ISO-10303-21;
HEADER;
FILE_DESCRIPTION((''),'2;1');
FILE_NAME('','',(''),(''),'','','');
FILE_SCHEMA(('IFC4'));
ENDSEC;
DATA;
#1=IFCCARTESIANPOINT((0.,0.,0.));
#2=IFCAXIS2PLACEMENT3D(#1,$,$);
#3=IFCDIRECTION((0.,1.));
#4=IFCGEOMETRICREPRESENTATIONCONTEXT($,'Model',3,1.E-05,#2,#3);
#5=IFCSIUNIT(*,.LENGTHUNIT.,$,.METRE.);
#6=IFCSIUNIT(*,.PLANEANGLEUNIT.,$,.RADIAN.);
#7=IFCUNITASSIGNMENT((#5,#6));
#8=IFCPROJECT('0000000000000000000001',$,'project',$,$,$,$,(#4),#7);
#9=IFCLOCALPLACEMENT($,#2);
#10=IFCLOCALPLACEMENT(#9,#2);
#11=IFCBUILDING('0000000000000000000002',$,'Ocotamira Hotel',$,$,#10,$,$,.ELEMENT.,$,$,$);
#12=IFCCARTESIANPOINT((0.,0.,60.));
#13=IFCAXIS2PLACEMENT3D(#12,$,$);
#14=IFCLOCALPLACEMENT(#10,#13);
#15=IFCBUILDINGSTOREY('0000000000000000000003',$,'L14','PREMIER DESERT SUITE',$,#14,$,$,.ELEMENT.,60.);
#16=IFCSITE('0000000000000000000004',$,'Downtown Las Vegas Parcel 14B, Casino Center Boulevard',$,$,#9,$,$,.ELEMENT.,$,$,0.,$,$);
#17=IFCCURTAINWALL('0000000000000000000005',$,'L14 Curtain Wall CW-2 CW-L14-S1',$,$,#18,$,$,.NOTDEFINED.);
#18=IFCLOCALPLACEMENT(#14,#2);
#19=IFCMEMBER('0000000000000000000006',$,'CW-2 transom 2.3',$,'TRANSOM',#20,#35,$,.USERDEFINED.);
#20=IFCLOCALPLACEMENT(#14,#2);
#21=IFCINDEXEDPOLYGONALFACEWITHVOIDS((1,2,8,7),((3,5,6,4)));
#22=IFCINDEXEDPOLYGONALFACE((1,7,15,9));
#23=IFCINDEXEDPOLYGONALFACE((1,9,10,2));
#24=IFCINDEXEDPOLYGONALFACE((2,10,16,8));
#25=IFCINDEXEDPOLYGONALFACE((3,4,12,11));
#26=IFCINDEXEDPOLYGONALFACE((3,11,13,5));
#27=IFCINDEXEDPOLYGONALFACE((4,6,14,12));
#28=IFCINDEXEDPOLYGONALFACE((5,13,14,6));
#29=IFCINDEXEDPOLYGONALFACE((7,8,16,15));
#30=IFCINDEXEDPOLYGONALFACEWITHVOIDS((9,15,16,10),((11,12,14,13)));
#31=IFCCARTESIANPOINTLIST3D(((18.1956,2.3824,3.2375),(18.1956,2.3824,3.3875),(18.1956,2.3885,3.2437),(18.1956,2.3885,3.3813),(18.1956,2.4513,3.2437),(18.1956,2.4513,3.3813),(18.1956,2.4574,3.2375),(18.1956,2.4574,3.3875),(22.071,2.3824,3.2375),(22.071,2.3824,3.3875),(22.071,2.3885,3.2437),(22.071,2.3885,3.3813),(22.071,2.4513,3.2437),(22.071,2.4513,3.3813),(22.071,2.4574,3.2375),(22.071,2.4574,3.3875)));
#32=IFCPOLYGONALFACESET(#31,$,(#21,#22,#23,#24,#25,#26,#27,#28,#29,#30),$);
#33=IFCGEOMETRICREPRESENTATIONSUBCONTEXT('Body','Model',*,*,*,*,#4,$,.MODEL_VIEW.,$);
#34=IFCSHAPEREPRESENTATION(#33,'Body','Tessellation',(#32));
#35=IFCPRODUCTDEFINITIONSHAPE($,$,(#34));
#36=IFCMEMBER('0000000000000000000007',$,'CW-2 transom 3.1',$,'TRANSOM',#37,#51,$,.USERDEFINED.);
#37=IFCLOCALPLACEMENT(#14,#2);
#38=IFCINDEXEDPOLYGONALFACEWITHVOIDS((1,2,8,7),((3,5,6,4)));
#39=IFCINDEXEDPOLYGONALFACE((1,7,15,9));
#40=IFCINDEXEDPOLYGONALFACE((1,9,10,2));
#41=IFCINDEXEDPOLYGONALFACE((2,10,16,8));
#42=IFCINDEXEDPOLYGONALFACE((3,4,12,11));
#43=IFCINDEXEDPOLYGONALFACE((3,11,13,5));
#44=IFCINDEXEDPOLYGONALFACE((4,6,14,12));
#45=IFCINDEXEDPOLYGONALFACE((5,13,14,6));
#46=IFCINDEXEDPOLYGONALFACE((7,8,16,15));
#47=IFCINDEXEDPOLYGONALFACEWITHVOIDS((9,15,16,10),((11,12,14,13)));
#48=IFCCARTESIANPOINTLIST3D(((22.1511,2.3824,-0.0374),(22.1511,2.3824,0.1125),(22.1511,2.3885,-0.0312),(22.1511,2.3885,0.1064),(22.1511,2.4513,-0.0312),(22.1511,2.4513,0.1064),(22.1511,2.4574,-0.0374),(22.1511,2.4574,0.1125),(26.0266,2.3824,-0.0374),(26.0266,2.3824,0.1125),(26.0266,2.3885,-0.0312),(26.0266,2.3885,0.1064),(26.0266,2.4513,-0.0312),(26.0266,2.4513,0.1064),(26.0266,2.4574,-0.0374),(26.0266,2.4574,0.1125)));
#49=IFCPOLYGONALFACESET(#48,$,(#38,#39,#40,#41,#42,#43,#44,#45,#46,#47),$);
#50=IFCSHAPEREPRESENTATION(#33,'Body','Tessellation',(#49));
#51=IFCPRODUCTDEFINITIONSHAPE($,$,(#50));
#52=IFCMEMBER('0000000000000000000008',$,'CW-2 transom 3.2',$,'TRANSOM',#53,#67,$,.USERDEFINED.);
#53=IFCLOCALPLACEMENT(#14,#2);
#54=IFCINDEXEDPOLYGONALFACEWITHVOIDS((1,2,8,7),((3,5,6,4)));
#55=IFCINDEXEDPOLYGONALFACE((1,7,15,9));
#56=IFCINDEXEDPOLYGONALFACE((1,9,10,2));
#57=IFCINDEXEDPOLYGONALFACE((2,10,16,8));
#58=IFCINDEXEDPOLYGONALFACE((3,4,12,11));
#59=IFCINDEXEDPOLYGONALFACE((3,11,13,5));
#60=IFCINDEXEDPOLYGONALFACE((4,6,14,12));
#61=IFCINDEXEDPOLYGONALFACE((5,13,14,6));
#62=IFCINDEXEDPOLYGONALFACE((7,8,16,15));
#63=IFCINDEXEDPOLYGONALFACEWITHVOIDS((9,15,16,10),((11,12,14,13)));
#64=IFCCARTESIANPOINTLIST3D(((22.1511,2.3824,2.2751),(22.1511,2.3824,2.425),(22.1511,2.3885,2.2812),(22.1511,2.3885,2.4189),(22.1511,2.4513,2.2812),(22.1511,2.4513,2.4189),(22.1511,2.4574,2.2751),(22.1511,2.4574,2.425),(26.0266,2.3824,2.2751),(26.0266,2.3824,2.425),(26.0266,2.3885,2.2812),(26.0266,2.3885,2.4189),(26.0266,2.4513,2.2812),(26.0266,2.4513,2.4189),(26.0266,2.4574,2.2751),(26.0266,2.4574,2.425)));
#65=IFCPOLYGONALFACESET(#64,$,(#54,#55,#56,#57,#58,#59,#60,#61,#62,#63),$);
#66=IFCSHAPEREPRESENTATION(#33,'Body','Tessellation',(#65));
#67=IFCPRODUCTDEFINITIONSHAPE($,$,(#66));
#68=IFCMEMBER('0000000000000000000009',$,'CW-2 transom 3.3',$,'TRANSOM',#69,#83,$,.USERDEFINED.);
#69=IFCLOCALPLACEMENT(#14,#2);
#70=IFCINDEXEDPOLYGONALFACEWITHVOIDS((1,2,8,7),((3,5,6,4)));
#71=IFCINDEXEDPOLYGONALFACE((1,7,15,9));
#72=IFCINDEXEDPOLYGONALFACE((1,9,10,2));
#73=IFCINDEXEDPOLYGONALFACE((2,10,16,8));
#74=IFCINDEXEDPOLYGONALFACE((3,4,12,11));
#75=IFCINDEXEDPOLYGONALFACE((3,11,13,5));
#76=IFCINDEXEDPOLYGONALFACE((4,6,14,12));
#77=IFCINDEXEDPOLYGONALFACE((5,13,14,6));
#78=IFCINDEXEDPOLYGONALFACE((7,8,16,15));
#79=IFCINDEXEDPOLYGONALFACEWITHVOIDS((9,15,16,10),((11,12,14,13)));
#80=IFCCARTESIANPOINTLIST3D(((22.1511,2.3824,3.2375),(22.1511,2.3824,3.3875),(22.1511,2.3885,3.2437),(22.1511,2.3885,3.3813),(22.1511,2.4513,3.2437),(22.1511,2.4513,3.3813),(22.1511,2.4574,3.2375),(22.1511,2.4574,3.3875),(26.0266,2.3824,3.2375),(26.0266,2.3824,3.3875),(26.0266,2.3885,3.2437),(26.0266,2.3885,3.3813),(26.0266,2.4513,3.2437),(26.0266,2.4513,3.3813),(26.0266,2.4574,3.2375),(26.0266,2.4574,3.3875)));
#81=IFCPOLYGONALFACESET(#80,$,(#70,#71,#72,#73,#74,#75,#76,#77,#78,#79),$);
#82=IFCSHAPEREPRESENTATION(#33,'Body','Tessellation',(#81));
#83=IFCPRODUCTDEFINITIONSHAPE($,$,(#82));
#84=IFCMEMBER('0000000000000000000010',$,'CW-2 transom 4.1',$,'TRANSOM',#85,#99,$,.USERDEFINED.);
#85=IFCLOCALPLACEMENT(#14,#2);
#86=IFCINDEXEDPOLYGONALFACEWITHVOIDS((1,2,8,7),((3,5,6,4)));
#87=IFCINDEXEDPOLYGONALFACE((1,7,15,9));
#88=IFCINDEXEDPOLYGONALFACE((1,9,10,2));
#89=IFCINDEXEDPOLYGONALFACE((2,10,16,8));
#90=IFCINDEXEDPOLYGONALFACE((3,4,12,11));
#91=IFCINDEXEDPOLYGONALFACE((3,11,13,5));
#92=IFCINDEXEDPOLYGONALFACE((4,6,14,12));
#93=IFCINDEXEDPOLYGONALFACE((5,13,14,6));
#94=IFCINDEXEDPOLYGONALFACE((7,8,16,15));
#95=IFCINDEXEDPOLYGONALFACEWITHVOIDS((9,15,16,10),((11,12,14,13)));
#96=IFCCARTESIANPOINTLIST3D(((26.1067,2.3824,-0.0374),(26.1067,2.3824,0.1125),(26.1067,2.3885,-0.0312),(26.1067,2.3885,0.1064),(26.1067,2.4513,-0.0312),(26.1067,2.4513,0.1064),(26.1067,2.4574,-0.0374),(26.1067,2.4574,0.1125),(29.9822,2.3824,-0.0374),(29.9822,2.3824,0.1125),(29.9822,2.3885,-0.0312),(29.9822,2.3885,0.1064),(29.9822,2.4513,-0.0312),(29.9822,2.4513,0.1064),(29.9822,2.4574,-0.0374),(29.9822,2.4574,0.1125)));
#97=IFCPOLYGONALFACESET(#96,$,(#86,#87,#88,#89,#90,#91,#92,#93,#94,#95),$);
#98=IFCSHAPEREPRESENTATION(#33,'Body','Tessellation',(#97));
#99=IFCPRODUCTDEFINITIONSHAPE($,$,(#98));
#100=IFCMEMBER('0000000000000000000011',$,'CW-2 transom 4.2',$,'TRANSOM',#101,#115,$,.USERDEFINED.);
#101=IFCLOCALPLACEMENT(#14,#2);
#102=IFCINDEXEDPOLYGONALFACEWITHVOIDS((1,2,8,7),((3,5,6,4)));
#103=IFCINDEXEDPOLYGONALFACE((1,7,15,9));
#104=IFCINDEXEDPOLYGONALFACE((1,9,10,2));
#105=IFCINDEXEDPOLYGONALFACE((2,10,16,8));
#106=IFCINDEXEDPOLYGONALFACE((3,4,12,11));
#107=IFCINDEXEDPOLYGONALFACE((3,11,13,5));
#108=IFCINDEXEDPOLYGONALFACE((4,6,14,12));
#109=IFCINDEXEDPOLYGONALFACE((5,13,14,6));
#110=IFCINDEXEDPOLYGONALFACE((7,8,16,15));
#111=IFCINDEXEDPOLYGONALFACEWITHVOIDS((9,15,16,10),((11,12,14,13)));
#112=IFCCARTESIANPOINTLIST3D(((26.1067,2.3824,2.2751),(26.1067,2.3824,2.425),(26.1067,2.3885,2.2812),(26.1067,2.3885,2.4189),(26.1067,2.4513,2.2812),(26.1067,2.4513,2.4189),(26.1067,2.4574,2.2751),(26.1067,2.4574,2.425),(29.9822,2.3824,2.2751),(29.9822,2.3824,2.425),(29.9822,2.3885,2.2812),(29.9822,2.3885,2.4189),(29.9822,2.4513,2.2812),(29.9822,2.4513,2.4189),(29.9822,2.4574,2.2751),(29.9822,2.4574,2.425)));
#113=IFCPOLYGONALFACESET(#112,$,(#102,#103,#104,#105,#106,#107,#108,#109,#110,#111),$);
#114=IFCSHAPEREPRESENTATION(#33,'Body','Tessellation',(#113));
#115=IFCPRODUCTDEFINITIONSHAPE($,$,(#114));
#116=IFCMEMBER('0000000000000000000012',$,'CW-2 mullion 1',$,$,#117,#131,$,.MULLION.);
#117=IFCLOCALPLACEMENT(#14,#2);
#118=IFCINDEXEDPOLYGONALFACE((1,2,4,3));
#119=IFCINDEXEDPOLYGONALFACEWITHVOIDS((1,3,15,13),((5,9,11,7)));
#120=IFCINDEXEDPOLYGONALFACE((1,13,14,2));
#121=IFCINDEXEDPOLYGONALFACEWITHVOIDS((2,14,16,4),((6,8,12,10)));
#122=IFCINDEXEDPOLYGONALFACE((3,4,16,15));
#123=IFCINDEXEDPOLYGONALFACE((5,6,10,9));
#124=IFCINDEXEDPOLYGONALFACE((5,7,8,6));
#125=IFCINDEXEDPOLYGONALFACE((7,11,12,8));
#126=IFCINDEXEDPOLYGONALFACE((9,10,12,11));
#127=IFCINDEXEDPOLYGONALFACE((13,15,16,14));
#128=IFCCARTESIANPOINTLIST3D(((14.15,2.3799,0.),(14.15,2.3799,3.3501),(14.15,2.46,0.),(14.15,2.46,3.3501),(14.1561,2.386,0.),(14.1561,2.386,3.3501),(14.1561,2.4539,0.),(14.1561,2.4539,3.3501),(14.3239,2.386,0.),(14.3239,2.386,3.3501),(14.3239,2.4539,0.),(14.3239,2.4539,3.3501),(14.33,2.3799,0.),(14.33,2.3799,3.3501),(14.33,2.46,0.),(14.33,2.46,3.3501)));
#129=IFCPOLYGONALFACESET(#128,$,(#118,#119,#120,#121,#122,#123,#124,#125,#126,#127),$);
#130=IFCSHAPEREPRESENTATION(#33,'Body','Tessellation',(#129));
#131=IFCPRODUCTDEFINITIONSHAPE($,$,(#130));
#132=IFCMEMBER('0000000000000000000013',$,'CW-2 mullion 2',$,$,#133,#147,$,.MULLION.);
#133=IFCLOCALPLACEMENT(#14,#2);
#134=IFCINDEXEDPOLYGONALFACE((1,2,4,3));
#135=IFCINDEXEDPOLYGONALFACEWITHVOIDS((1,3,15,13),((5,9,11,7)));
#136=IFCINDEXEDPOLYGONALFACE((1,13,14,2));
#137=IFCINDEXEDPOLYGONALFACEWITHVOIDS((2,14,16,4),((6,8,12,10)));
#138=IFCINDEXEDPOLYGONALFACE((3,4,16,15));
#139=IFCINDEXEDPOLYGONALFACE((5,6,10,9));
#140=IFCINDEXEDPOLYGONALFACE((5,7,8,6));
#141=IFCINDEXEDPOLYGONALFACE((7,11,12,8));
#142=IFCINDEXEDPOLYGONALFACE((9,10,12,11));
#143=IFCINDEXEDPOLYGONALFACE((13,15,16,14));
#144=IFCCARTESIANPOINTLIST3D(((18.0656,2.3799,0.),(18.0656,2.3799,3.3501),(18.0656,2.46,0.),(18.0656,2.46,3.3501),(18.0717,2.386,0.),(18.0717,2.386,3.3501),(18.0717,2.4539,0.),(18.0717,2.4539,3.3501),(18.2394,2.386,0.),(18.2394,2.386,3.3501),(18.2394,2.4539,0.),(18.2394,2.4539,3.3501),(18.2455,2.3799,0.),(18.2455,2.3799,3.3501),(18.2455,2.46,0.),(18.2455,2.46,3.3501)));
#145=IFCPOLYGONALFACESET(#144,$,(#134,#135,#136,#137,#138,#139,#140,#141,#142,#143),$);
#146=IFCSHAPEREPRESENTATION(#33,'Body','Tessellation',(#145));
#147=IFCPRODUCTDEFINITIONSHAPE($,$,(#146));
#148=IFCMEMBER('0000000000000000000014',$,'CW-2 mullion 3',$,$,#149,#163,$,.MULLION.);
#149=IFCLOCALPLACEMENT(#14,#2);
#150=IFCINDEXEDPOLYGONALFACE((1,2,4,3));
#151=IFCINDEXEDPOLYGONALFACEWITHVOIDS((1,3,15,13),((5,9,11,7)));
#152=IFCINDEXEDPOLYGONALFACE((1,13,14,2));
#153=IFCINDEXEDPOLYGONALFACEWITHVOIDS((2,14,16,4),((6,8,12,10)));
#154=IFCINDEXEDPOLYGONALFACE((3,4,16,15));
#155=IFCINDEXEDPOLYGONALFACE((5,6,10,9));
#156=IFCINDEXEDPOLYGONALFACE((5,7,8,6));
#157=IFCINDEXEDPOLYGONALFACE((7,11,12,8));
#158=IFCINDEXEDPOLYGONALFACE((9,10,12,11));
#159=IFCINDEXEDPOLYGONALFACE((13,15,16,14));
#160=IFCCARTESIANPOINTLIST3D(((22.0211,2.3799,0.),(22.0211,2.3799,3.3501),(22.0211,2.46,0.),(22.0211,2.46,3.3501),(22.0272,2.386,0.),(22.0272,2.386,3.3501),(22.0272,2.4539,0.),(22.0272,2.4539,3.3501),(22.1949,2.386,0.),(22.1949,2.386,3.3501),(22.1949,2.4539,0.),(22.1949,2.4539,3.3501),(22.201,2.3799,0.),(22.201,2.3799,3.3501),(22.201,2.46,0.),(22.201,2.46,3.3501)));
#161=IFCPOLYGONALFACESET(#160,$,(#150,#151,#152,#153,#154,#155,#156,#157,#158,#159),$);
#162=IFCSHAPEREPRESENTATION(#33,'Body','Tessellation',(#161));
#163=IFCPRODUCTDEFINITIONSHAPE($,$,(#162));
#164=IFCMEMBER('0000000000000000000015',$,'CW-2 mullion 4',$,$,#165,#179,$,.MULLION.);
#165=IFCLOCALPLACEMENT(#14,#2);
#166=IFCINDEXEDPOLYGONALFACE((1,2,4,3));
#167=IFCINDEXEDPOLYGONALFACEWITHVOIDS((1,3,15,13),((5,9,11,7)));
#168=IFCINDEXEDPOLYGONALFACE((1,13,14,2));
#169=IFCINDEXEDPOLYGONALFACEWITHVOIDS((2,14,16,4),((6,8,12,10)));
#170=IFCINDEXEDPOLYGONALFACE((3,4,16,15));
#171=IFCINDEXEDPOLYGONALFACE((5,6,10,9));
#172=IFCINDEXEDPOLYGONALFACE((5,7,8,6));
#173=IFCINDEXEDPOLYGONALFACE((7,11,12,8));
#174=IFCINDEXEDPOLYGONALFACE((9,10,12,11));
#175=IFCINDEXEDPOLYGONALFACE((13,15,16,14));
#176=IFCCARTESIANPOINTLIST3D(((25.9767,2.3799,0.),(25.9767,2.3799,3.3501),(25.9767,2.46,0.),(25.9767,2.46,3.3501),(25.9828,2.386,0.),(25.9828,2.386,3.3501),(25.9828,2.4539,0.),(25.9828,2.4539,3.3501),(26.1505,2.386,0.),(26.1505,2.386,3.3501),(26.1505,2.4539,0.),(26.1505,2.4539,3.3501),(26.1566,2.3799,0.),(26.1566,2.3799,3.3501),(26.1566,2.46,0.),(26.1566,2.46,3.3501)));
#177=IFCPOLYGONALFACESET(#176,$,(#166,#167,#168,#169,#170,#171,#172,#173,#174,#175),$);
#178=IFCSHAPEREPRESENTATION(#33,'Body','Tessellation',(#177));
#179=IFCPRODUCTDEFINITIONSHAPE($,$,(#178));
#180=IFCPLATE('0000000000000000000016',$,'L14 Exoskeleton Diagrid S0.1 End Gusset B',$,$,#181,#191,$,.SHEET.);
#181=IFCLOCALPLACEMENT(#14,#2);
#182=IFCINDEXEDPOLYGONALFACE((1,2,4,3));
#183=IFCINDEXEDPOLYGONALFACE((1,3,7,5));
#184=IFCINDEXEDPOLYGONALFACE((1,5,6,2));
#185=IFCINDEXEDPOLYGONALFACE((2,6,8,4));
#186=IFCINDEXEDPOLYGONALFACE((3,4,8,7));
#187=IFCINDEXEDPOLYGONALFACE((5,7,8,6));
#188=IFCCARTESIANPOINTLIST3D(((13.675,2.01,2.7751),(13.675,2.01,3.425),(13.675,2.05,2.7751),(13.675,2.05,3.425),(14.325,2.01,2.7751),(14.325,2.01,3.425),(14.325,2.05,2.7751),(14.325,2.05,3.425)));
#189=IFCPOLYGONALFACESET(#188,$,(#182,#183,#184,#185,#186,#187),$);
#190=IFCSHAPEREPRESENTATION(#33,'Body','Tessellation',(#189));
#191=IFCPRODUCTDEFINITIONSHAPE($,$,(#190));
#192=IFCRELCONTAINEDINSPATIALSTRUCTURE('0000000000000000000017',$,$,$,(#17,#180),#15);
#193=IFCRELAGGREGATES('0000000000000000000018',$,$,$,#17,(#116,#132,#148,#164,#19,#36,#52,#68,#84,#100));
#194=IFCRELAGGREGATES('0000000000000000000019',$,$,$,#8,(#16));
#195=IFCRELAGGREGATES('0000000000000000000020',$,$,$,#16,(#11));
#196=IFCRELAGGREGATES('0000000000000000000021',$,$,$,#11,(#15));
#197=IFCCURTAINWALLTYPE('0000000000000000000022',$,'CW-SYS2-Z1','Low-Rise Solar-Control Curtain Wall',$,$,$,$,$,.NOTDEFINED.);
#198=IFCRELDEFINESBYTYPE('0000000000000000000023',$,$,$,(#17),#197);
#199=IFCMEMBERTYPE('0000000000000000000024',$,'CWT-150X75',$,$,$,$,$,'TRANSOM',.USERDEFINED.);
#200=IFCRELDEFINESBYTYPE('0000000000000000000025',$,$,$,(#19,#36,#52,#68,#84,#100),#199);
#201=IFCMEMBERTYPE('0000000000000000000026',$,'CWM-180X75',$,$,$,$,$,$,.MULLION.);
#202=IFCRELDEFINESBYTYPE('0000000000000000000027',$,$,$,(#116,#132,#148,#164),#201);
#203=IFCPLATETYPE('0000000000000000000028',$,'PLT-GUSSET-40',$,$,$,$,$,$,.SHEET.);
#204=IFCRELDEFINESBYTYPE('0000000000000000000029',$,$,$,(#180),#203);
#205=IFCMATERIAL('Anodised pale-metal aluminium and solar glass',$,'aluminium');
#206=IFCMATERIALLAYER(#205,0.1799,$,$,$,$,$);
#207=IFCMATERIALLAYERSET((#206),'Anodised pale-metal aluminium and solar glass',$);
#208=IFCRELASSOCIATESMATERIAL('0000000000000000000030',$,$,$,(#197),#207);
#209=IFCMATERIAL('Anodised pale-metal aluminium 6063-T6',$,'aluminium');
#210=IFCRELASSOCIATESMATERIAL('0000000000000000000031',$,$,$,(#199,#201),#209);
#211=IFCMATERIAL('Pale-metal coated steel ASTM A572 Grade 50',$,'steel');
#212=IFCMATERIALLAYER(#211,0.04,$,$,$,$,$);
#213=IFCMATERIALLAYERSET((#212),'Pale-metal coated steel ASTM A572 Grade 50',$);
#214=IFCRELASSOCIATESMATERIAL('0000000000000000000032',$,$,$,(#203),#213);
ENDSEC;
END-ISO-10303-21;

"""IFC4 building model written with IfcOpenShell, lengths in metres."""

from ifc_helpers import new_model, si_unit, direction, frame, origin, origin_2d, place, context, subcontext, project, spatial, rectangle, hollow_rectangle, extrude, source, transform, mapped, material, layer, layer_set, material_profile, profile_set, type_object, element, aggregate, save


model = new_model("IFC4")

# Units and contexts
model_context = context("Model", 3, precision=1e-05, world=origin(), true_north=direction((0.0, 1.0)))
body_context = subcontext(model_context, "Body", "Model", "MODEL_VIEW")
ifc_project = project(units=[si_unit("LENGTHUNIT", "METRE"), si_unit("PLANEANGLEUNIT", "RADIAN")], contexts=[model_context])

# Site, building, storey
site_placement = place(None, origin())
site = spatial("IfcSite", under=ifc_project, at=site_placement, Name="Downtown Las Vegas Parcel 14B, Casino Center Boulevard", CompositionType="ELEMENT", RefElevation=0.0)
building_placement = place(site_placement, origin())
building = spatial("IfcBuilding", under=site, at=building_placement, Name="Ocotamira Hotel", CompositionType="ELEMENT")
storey_placement = place(building_placement, frame((0.0, 0.0, 60.0)))
storey = spatial("IfcBuildingStorey", under=building, at=storey_placement, Name="L14", Description="PREMIER DESERT SUITE", CompositionType="ELEMENT", Elevation=60.0)

# Curtain wall, members
ifc_material_1 = material(Name="Anodised pale-metal aluminium and solar glass", Category="aluminium")
ifc_layer_1 = layer(ifc_material_1, 0.1799)
ifc_layer_set_1 = layer_set([ifc_layer_1], Name="Anodised pale-metal aluminium and solar glass")
curtain_wall_type = type_object("IfcCurtainWallType", Name="CW-SYS2-Z1", Description="Low-Rise Solar-Control Curtain Wall", PredefinedType="NOTDEFINED", material=ifc_layer_set_1)
curtain_wall_placement = place(storey_placement, origin())
curtain_wall = element("IfcCurtainWall", 1, at=curtain_wall_placement, inside=storey, type_object=curtain_wall_type, Name="L14 Curtain Wall CW-2 CW-L14-S1", PredefinedType="NOTDEFINED")
ifc_material_2 = material(Name="Anodised pale-metal aluminium 6063-T6", Category="aluminium")
ifc_material_profile_1 = material_profile(ifc_material_2, hollow_rectangle(XDim=0.075, YDim=0.1499, WallThickness=0.0061, at=origin_2d()), Name="HSS150X75X6")
ifc_profile_set_1 = profile_set([ifc_material_profile_1], Name="Anodised pale-metal aluminium 6063-T6")
member_type_1 = type_object("IfcMemberType", Name="CWT-150X75", ElementType="TRANSOM", PredefinedType="USERDEFINED", material=ifc_profile_set_1)
shared_shape_1 = source(origin(), body_context, "Body", "SweptSolid", [
    extrude(hollow_rectangle(XDim=0.075, YDim=0.1499, WallThickness=0.0061, at=origin_2d()), origin(), (0.0, 0.0, 1.0), 3.8755),
])
member_1_placement = place(storey_placement, frame((18.1956, 2.4199, 3.3125), z_axis=(1.0, 0.0, 0.0), x_axis=(0.0, 1.0, 0.0)))
member_1 = element("IfcMember", 2, at=member_1_placement, type_object=member_type_1, Name="CW-2 transom 2.3", ObjectType="TRANSOM", PredefinedType="USERDEFINED", context=body_context, shape_type="MappedRepresentation", body=[
    mapped(shared_shape_1, transform((0.0, 0.0, 0.0), scale=1.0)),
])
member_2_placement = place(storey_placement, frame((22.1511, 2.4199, 0.0376), z_axis=(1.0, 0.0, 0.0), x_axis=(0.0, 1.0, 0.0)))
member_2 = element("IfcMember", 3, at=member_2_placement, type_object=member_type_1, Name="CW-2 transom 3.1", ObjectType="TRANSOM", PredefinedType="USERDEFINED", context=body_context, shape_type="MappedRepresentation", body=[
    mapped(shared_shape_1, transform((0.0, 0.0, 0.0), scale=1.0)),
])
member_3_placement = place(storey_placement, frame((22.1511, 2.4199, 2.3501), z_axis=(1.0, 0.0, 0.0), x_axis=(0.0, 1.0, 0.0)))
member_3 = element("IfcMember", 4, at=member_3_placement, type_object=member_type_1, Name="CW-2 transom 3.2", ObjectType="TRANSOM", PredefinedType="USERDEFINED", context=body_context, shape_type="MappedRepresentation", body=[
    mapped(shared_shape_1, transform((0.0, 0.0, 0.0), scale=1.0)),
])
member_4_placement = place(storey_placement, frame((22.1511, 2.4199, 3.3125), z_axis=(1.0, 0.0, 0.0), x_axis=(0.0, 1.0, 0.0)))
member_4 = element("IfcMember", 5, at=member_4_placement, type_object=member_type_1, Name="CW-2 transom 3.3", ObjectType="TRANSOM", PredefinedType="USERDEFINED", context=body_context, shape_type="MappedRepresentation", body=[
    mapped(shared_shape_1, transform((0.0, 0.0, 0.0), scale=1.0)),
])
member_5_placement = place(storey_placement, frame((26.1067, 2.4199, 0.0376), z_axis=(1.0, 0.0, 0.0), x_axis=(0.0, 1.0, 0.0)))
member_5 = element("IfcMember", 6, at=member_5_placement, type_object=member_type_1, Name="CW-2 transom 4.1", ObjectType="TRANSOM", PredefinedType="USERDEFINED", context=body_context, shape_type="MappedRepresentation", body=[
    mapped(shared_shape_1, transform((0.0, 0.0, 0.0), scale=1.0)),
])
member_6_placement = place(storey_placement, frame((26.1067, 2.4199, 2.3501), z_axis=(1.0, 0.0, 0.0), x_axis=(0.0, 1.0, 0.0)))
member_6 = element("IfcMember", 7, at=member_6_placement, type_object=member_type_1, Name="CW-2 transom 4.2", ObjectType="TRANSOM", PredefinedType="USERDEFINED", context=body_context, shape_type="MappedRepresentation", body=[
    mapped(shared_shape_1, transform((0.0, 0.0, 0.0), scale=1.0)),
])
ifc_material_profile_2 = material_profile(ifc_material_2, hollow_rectangle(XDim=0.0801, YDim=0.1799, WallThickness=0.0061, at=origin_2d()), Name="HSS180X80X6")
ifc_profile_set_2 = profile_set([ifc_material_profile_2], Name="Anodised pale-metal aluminium 6063-T6")
member_type_2 = type_object("IfcMemberType", Name="CWM-180X75", PredefinedType="MULLION", material=ifc_profile_set_2)
shared_shape_2 = source(origin(), body_context, "Body", "SweptSolid", [
    extrude(hollow_rectangle(XDim=0.0801, YDim=0.1799, WallThickness=0.0061, at=origin_2d()), origin(), (0.0, 0.0, 1.0), 3.3501),
])
member_7_placement = place(storey_placement, frame((14.24, 2.4199, 0.0), z_axis=(0.0, 0.0, 1.0), x_axis=(0.0, 1.0, 0.0)))
member_7 = element("IfcMember", 8, at=member_7_placement, type_object=member_type_2, Name="CW-2 mullion 1", PredefinedType="MULLION", context=body_context, shape_type="MappedRepresentation", body=[
    mapped(shared_shape_2, transform((0.0, 0.0, 0.0), scale=1.0)),
])
member_8_placement = place(storey_placement, frame((18.1555, 2.4199, 0.0), z_axis=(0.0, 0.0, 1.0), x_axis=(0.0, 1.0, 0.0)))
member_8 = element("IfcMember", 9, at=member_8_placement, type_object=member_type_2, Name="CW-2 mullion 2", PredefinedType="MULLION", context=body_context, shape_type="MappedRepresentation", body=[
    mapped(shared_shape_2, transform((0.0, 0.0, 0.0), scale=1.0)),
])
member_9_placement = place(storey_placement, frame((22.1111, 2.4199, 0.0), z_axis=(0.0, 0.0, 1.0), x_axis=(0.0, 1.0, 0.0)))
member_9 = element("IfcMember", 10, at=member_9_placement, type_object=member_type_2, Name="CW-2 mullion 3", PredefinedType="MULLION", context=body_context, shape_type="MappedRepresentation", body=[
    mapped(shared_shape_2, transform((0.0, 0.0, 0.0), scale=1.0)),
])
member_10_placement = place(storey_placement, frame((26.0667, 2.4199, 0.0), z_axis=(0.0, 0.0, 1.0), x_axis=(0.0, 1.0, 0.0)))
member_10 = element("IfcMember", 11, at=member_10_placement, type_object=member_type_2, Name="CW-2 mullion 4", PredefinedType="MULLION", context=body_context, shape_type="MappedRepresentation", body=[
    mapped(shared_shape_2, transform((0.0, 0.0, 0.0), scale=1.0)),
])

# Plate
ifc_material_3 = material(Name="Pale-metal coated steel ASTM A572 Grade 50", Category="steel")
ifc_layer_2 = layer(ifc_material_3, 0.04)
ifc_layer_set_2 = layer_set([ifc_layer_2], Name="Pale-metal coated steel ASTM A572 Grade 50")
plate_type_1 = type_object("IfcPlateType", Name="PLT-GUSSET-40", PredefinedType="SHEET", material=ifc_layer_set_2)
shared_shape_3 = source(origin(), body_context, "Body", "SweptSolid", [
    extrude(rectangle(XDim=0.6499, YDim=0.04, at=origin_2d()), origin(), (0.0, 0.0, 1.0), 0.6499),
])
for number, where, z_axis, x_axis, name in (
    (12, (14.0, 2.03, 2.7751), (0.0, 0.0, 1.0), (-1.0, 0.0, 0.0), "L14 Exoskeleton Diagrid S0.1 End Gusset B"),
):
    element("IfcPlate", number, at=place(storey_placement, frame(where, z_axis=z_axis, x_axis=x_axis)), inside=storey, type_object=plate_type_1, Name=name, PredefinedType="SHEET", context=body_context, shape_type="MappedRepresentation", body=[
        mapped(shared_shape_3, transform((0.0, 0.0, 0.0), scale=1.0)),
    ])

aggregate(curtain_wall, [member_7, member_8, member_9, member_10, member_1, member_2, member_3, member_4, member_5, member_6])

save(model, "model.ifc")
